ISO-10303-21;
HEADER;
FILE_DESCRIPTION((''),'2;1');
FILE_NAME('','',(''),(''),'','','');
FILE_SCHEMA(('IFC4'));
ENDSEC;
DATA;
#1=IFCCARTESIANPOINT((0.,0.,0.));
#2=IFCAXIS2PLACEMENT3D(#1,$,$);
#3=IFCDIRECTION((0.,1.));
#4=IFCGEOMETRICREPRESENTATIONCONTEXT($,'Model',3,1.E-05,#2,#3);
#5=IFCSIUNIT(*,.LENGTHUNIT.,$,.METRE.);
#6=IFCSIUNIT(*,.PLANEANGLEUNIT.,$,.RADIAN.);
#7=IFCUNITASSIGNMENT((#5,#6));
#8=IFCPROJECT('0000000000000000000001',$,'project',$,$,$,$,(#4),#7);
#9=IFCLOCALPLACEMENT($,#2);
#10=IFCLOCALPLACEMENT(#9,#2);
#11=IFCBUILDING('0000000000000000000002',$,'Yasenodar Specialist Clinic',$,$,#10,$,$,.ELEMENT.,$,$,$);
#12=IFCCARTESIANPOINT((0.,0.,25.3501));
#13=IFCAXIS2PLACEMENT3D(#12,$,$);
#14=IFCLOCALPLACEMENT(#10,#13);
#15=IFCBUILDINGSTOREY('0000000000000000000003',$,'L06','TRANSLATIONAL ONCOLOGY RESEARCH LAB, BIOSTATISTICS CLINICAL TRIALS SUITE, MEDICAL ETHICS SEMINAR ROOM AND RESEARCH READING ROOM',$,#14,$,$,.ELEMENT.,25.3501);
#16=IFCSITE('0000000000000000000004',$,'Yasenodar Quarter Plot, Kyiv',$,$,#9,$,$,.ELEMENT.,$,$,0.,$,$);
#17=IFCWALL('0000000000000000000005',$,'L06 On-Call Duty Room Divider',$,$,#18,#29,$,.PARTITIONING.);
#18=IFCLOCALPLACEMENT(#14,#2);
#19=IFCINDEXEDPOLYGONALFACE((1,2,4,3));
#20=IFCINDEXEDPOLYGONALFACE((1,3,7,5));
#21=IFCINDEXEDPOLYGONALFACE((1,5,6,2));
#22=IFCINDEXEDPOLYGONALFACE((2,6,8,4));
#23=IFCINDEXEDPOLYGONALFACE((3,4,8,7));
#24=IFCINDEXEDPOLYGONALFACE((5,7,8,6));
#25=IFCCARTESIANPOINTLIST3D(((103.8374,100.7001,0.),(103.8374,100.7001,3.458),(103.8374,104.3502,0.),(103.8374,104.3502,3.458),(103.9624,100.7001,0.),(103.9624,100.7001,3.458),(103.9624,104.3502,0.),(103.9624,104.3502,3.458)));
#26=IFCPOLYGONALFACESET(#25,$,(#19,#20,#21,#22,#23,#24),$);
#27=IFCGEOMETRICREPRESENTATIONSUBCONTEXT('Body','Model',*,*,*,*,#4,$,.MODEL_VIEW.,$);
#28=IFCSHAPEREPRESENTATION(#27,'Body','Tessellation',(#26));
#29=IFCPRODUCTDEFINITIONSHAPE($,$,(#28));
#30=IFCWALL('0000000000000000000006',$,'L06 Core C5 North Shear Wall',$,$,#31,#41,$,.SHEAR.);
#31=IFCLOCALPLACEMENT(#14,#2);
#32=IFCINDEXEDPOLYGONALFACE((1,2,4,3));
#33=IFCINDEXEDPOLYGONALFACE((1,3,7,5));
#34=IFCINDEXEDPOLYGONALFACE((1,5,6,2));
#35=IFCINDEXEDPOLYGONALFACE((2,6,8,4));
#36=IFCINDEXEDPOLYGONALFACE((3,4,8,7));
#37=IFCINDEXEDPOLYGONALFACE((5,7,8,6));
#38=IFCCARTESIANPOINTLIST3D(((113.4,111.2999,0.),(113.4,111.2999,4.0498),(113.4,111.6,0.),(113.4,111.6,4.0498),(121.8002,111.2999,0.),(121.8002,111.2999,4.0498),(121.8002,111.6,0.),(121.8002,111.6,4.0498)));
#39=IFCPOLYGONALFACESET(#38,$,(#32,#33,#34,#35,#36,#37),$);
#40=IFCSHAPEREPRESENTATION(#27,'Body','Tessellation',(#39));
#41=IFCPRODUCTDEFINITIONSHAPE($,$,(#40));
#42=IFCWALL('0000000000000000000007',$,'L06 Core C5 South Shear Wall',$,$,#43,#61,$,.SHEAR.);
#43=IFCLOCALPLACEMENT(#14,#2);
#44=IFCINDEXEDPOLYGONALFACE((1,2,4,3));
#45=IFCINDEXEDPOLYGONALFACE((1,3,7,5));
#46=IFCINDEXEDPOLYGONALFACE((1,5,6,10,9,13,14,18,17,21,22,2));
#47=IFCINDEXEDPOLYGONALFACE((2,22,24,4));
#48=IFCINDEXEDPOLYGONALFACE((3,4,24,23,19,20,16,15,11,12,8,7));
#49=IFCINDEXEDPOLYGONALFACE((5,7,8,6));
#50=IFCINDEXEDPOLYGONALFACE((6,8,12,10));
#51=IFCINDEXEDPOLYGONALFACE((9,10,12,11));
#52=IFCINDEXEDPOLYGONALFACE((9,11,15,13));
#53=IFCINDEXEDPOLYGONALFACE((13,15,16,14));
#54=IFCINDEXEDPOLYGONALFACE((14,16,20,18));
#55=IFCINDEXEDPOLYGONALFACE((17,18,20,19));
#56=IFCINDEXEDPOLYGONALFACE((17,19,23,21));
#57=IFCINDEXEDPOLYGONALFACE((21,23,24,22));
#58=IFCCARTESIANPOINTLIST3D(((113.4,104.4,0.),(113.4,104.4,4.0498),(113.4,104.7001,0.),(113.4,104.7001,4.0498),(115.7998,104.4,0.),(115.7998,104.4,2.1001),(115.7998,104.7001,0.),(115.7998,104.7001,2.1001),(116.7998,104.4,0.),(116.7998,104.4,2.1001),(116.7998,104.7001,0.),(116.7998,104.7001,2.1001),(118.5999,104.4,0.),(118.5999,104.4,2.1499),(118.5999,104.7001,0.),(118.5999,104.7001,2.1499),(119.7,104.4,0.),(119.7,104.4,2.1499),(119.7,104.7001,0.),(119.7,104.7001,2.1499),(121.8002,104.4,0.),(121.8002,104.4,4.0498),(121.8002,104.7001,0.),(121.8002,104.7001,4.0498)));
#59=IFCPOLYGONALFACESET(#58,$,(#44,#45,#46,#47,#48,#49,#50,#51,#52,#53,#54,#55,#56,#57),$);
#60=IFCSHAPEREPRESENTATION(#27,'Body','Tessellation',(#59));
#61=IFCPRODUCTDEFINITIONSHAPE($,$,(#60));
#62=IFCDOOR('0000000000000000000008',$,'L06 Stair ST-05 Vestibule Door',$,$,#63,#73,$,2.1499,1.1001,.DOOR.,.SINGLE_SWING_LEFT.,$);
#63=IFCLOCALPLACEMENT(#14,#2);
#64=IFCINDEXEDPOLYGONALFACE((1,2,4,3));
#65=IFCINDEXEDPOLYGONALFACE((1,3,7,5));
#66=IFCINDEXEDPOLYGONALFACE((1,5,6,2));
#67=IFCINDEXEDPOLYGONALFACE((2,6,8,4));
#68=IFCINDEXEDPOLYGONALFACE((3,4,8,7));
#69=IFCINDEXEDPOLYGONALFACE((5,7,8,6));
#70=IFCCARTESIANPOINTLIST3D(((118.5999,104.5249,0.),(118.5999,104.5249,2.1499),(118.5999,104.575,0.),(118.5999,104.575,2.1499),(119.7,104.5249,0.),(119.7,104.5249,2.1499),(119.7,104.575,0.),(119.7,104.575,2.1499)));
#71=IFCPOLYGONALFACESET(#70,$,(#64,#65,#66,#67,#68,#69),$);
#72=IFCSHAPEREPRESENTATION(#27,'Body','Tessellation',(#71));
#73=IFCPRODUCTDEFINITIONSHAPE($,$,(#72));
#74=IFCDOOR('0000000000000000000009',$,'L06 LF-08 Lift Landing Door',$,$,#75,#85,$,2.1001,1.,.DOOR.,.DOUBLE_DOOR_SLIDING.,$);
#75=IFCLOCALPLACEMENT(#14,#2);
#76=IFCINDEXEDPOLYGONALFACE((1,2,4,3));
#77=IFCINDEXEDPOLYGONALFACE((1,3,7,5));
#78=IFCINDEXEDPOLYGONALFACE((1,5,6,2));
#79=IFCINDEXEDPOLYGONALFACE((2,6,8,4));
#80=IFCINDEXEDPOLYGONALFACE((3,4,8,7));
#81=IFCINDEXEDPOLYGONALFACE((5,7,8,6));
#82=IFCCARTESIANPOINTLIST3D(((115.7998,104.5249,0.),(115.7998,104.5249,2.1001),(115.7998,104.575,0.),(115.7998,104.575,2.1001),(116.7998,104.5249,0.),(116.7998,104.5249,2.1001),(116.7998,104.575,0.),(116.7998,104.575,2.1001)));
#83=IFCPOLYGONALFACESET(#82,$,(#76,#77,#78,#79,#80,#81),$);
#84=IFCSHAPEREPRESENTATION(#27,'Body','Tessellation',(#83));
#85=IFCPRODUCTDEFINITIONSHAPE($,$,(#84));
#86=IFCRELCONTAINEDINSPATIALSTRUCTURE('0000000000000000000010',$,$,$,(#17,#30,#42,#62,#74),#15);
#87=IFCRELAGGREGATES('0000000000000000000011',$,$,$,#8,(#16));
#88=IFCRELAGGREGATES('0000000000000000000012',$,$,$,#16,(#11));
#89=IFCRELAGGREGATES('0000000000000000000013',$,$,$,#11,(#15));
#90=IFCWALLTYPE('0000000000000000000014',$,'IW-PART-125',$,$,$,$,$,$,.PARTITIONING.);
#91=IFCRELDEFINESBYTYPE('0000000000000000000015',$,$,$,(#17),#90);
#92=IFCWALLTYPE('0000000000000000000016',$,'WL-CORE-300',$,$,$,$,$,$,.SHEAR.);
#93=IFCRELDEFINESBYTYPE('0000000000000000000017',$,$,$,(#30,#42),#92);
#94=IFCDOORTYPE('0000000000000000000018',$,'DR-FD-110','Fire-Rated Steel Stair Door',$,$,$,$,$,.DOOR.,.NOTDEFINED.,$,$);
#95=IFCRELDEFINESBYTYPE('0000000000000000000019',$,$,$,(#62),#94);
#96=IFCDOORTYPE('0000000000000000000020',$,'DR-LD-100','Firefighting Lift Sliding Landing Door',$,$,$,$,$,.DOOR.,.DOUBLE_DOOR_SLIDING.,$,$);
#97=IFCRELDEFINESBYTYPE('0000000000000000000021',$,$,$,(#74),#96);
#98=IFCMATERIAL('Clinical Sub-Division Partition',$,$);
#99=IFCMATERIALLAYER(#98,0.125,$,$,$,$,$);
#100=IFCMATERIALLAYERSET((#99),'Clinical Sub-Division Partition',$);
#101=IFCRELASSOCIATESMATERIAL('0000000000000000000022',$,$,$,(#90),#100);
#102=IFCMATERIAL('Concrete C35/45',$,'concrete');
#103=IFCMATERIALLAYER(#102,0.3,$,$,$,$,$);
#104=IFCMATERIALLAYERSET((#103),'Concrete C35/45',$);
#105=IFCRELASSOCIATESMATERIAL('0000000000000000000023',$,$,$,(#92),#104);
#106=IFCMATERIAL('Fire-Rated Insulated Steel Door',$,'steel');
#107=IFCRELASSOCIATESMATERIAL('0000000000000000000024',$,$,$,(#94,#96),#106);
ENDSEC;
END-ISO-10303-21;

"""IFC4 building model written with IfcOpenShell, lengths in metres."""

from ifc_helpers import new_model, si_unit, direction, frame, frame_2d, origin, place, context, subcontext, project, spatial, rectangle, extrude, material, layer, layer_set, type_object, element, fill, save


model = new_model("IFC4")

# Units and contexts
model_context = context("Model", 3, precision=1e-05, world=origin(), true_north=direction((0.0, 1.0)))
body_context = subcontext(model_context, "Body", "Model", "MODEL_VIEW")
ifc_project = project(units=[si_unit("LENGTHUNIT", "METRE"), si_unit("PLANEANGLEUNIT", "RADIAN")], contexts=[model_context])

# Site, building, storey
site_placement = place(None, origin())
site = spatial("IfcSite", under=ifc_project, at=site_placement, Name="Yasenodar Quarter Plot, Kyiv", CompositionType="ELEMENT", RefElevation=0.0)
building_placement = place(site_placement, origin())
building = spatial("IfcBuilding", under=site, at=building_placement, Name="Yasenodar Specialist Clinic", CompositionType="ELEMENT")
storey_placement = place(building_placement, frame((0.0, 0.0, 25.3501)))
storey = spatial("IfcBuildingStorey", under=building, at=storey_placement, Name="L06", Description="TRANSLATIONAL ONCOLOGY RESEARCH LAB, BIOSTATISTICS CLINICAL TRIALS SUITE, MEDICAL ETHICS SEMINAR ROOM AND RESEARCH READING ROOM", CompositionType="ELEMENT", Elevation=25.3501)

# Walls
ifc_material_1 = material(Name="Clinical Sub-Division Partition")
ifc_layer_1 = layer(ifc_material_1, 0.125)
ifc_layer_set_1 = layer_set([ifc_layer_1], Name="Clinical Sub-Division Partition")
wall_type_1 = type_object("IfcWallType", Name="IW-PART-125", PredefinedType="PARTITIONING", material=ifc_layer_set_1)
wall_1_placement = place(storey_placement, frame((103.8999, 100.7, 0.0), z_axis=(0.0, 0.0, 1.0), x_axis=(0.0, 1.0, 0.0)))
element("IfcWall", 1, at=wall_1_placement, inside=storey, type_object=wall_type_1, Name="L06 On-Call Duty Room Divider", PredefinedType="PARTITIONING", context=body_context, shape_type="SweptSolid", body=[
    extrude(rectangle(XDim=3.6501, YDim=0.125, at=frame_2d((1.8252, 0.0))), origin(), (0.0, 0.0, 1.0), 3.458),
])
ifc_material_2 = material(Name="Concrete C35/45", Category="concrete")
ifc_layer_2 = layer(ifc_material_2, 0.3)
ifc_layer_set_2 = layer_set([ifc_layer_2], Name="Concrete C35/45")
wall_type_2 = type_object("IfcWallType", Name="WL-CORE-300", PredefinedType="SHEAR", material=ifc_layer_set_2)
wall_2_placement = place(storey_placement, frame((113.3999, 111.45, 0.0), z_axis=(0.0, 0.0, 1.0), x_axis=(1.0, 0.0, 0.0)))
element("IfcWall", 2, at=wall_2_placement, inside=storey, type_object=wall_type_2, Name="L06 Core C5 North Shear Wall", PredefinedType="SHEAR", context=body_context, shape_type="SweptSolid", body=[
    extrude(rectangle(XDim=8.4001, YDim=0.3, at=frame_2d((4.2002, 0.0))), origin(), (0.0, 0.0, 1.0), 4.0498),
])

# Wall, openings, doors
wall_3_placement = place(storey_placement, frame((113.3999, 104.55, 0.0), z_axis=(0.0, 0.0, 1.0), x_axis=(1.0, 0.0, 0.0)))
wall_3 = element("IfcWall", 3, at=wall_3_placement, inside=storey, type_object=wall_type_2, Name="L06 Core C5 South Shear Wall", PredefinedType="SHEAR", context=body_context, shape_type="SweptSolid", body=[
    extrude(rectangle(XDim=8.4001, YDim=0.3, at=frame_2d((4.2002, 0.0))), origin(), (0.0, 0.0, 1.0), 4.0498),
])
opening_1_placement = place(wall_3_placement, frame((5.2, 0.0, 0.0)))
opening_1 = element("IfcOpeningElement", 4, at=opening_1_placement, cuts=wall_3, PredefinedType="OPENING", context=body_context, shape_type="SweptSolid", body=[
    extrude(rectangle(XDim=1.1001, YDim=2.1499, at=frame_2d((0.55, 1.075))), frame((0.0, 0.1602, 0.0), z_axis=(0.0, -1.0, 0.0), x_axis=(1.0, 0.0, 0.0)), (0.0, 0.0, 1.0), 0.3201),
])
opening_2_placement = place(wall_3_placement, frame((2.3999, 0.0, 0.0)))
opening_2 = element("IfcOpeningElement", 5, at=opening_2_placement, cuts=wall_3, PredefinedType="OPENING", context=body_context, shape_type="SweptSolid", body=[
    extrude(rectangle(XDim=1.0, YDim=2.1001, at=frame_2d((0.5, 1.05))), frame((0.0, 0.1602, 0.0), z_axis=(0.0, -1.0, 0.0), x_axis=(1.0, 0.0, 0.0)), (0.0, 0.0, 1.0), 0.3201),
])
ifc_material_3 = material(Name="Fire-Rated Insulated Steel Door", Category="steel")
door_type_1 = type_object("IfcDoorType", Name="DR-FD-110", Description="Fire-Rated Steel Stair Door", OperationType="NOTDEFINED", PredefinedType="DOOR", material=ifc_material_3)
door_1_placement = place(opening_1_placement, origin())
door_1 = element("IfcDoor", 6, at=door_1_placement, inside=storey, type_object=door_type_1, Name="L06 Stair ST-05 Vestibule Door", OperationType="SINGLE_SWING_LEFT", OverallHeight=2.1499, OverallWidth=1.1001, PredefinedType="DOOR", context=body_context, shape_type="SweptSolid", body=[
    extrude(rectangle(XDim=1.1001, YDim=2.1499, at=frame_2d((0.55, 1.075))), frame((0.0, 0.0249, 0.0), z_axis=(0.0, -1.0, 0.0), x_axis=(1.0, 0.0, 0.0)), (0.0, 0.0, 1.0), 0.05),
])
fill(opening_1, door_1)
door_type_2 = type_object("IfcDoorType", Name="DR-LD-100", Description="Firefighting Lift Sliding Landing Door", OperationType="DOUBLE_DOOR_SLIDING", PredefinedType="DOOR", material=ifc_material_3)
door_2_placement = place(opening_2_placement, origin())
door_2 = element("IfcDoor", 7, at=door_2_placement, inside=storey, type_object=door_type_2, Name="L06 LF-08 Lift Landing Door", OperationType="DOUBLE_DOOR_SLIDING", OverallHeight=2.1001, OverallWidth=1.0, PredefinedType="DOOR", context=body_context, shape_type="SweptSolid", body=[
    extrude(rectangle(XDim=1.0, YDim=2.1001, at=frame_2d((0.5, 1.05))), frame((0.0, 0.0249, 0.0), z_axis=(0.0, -1.0, 0.0), x_axis=(1.0, 0.0, 0.0)), (0.0, 0.0, 1.0), 0.05),
])
fill(opening_2, door_2)

save(model, "model.ifc")
